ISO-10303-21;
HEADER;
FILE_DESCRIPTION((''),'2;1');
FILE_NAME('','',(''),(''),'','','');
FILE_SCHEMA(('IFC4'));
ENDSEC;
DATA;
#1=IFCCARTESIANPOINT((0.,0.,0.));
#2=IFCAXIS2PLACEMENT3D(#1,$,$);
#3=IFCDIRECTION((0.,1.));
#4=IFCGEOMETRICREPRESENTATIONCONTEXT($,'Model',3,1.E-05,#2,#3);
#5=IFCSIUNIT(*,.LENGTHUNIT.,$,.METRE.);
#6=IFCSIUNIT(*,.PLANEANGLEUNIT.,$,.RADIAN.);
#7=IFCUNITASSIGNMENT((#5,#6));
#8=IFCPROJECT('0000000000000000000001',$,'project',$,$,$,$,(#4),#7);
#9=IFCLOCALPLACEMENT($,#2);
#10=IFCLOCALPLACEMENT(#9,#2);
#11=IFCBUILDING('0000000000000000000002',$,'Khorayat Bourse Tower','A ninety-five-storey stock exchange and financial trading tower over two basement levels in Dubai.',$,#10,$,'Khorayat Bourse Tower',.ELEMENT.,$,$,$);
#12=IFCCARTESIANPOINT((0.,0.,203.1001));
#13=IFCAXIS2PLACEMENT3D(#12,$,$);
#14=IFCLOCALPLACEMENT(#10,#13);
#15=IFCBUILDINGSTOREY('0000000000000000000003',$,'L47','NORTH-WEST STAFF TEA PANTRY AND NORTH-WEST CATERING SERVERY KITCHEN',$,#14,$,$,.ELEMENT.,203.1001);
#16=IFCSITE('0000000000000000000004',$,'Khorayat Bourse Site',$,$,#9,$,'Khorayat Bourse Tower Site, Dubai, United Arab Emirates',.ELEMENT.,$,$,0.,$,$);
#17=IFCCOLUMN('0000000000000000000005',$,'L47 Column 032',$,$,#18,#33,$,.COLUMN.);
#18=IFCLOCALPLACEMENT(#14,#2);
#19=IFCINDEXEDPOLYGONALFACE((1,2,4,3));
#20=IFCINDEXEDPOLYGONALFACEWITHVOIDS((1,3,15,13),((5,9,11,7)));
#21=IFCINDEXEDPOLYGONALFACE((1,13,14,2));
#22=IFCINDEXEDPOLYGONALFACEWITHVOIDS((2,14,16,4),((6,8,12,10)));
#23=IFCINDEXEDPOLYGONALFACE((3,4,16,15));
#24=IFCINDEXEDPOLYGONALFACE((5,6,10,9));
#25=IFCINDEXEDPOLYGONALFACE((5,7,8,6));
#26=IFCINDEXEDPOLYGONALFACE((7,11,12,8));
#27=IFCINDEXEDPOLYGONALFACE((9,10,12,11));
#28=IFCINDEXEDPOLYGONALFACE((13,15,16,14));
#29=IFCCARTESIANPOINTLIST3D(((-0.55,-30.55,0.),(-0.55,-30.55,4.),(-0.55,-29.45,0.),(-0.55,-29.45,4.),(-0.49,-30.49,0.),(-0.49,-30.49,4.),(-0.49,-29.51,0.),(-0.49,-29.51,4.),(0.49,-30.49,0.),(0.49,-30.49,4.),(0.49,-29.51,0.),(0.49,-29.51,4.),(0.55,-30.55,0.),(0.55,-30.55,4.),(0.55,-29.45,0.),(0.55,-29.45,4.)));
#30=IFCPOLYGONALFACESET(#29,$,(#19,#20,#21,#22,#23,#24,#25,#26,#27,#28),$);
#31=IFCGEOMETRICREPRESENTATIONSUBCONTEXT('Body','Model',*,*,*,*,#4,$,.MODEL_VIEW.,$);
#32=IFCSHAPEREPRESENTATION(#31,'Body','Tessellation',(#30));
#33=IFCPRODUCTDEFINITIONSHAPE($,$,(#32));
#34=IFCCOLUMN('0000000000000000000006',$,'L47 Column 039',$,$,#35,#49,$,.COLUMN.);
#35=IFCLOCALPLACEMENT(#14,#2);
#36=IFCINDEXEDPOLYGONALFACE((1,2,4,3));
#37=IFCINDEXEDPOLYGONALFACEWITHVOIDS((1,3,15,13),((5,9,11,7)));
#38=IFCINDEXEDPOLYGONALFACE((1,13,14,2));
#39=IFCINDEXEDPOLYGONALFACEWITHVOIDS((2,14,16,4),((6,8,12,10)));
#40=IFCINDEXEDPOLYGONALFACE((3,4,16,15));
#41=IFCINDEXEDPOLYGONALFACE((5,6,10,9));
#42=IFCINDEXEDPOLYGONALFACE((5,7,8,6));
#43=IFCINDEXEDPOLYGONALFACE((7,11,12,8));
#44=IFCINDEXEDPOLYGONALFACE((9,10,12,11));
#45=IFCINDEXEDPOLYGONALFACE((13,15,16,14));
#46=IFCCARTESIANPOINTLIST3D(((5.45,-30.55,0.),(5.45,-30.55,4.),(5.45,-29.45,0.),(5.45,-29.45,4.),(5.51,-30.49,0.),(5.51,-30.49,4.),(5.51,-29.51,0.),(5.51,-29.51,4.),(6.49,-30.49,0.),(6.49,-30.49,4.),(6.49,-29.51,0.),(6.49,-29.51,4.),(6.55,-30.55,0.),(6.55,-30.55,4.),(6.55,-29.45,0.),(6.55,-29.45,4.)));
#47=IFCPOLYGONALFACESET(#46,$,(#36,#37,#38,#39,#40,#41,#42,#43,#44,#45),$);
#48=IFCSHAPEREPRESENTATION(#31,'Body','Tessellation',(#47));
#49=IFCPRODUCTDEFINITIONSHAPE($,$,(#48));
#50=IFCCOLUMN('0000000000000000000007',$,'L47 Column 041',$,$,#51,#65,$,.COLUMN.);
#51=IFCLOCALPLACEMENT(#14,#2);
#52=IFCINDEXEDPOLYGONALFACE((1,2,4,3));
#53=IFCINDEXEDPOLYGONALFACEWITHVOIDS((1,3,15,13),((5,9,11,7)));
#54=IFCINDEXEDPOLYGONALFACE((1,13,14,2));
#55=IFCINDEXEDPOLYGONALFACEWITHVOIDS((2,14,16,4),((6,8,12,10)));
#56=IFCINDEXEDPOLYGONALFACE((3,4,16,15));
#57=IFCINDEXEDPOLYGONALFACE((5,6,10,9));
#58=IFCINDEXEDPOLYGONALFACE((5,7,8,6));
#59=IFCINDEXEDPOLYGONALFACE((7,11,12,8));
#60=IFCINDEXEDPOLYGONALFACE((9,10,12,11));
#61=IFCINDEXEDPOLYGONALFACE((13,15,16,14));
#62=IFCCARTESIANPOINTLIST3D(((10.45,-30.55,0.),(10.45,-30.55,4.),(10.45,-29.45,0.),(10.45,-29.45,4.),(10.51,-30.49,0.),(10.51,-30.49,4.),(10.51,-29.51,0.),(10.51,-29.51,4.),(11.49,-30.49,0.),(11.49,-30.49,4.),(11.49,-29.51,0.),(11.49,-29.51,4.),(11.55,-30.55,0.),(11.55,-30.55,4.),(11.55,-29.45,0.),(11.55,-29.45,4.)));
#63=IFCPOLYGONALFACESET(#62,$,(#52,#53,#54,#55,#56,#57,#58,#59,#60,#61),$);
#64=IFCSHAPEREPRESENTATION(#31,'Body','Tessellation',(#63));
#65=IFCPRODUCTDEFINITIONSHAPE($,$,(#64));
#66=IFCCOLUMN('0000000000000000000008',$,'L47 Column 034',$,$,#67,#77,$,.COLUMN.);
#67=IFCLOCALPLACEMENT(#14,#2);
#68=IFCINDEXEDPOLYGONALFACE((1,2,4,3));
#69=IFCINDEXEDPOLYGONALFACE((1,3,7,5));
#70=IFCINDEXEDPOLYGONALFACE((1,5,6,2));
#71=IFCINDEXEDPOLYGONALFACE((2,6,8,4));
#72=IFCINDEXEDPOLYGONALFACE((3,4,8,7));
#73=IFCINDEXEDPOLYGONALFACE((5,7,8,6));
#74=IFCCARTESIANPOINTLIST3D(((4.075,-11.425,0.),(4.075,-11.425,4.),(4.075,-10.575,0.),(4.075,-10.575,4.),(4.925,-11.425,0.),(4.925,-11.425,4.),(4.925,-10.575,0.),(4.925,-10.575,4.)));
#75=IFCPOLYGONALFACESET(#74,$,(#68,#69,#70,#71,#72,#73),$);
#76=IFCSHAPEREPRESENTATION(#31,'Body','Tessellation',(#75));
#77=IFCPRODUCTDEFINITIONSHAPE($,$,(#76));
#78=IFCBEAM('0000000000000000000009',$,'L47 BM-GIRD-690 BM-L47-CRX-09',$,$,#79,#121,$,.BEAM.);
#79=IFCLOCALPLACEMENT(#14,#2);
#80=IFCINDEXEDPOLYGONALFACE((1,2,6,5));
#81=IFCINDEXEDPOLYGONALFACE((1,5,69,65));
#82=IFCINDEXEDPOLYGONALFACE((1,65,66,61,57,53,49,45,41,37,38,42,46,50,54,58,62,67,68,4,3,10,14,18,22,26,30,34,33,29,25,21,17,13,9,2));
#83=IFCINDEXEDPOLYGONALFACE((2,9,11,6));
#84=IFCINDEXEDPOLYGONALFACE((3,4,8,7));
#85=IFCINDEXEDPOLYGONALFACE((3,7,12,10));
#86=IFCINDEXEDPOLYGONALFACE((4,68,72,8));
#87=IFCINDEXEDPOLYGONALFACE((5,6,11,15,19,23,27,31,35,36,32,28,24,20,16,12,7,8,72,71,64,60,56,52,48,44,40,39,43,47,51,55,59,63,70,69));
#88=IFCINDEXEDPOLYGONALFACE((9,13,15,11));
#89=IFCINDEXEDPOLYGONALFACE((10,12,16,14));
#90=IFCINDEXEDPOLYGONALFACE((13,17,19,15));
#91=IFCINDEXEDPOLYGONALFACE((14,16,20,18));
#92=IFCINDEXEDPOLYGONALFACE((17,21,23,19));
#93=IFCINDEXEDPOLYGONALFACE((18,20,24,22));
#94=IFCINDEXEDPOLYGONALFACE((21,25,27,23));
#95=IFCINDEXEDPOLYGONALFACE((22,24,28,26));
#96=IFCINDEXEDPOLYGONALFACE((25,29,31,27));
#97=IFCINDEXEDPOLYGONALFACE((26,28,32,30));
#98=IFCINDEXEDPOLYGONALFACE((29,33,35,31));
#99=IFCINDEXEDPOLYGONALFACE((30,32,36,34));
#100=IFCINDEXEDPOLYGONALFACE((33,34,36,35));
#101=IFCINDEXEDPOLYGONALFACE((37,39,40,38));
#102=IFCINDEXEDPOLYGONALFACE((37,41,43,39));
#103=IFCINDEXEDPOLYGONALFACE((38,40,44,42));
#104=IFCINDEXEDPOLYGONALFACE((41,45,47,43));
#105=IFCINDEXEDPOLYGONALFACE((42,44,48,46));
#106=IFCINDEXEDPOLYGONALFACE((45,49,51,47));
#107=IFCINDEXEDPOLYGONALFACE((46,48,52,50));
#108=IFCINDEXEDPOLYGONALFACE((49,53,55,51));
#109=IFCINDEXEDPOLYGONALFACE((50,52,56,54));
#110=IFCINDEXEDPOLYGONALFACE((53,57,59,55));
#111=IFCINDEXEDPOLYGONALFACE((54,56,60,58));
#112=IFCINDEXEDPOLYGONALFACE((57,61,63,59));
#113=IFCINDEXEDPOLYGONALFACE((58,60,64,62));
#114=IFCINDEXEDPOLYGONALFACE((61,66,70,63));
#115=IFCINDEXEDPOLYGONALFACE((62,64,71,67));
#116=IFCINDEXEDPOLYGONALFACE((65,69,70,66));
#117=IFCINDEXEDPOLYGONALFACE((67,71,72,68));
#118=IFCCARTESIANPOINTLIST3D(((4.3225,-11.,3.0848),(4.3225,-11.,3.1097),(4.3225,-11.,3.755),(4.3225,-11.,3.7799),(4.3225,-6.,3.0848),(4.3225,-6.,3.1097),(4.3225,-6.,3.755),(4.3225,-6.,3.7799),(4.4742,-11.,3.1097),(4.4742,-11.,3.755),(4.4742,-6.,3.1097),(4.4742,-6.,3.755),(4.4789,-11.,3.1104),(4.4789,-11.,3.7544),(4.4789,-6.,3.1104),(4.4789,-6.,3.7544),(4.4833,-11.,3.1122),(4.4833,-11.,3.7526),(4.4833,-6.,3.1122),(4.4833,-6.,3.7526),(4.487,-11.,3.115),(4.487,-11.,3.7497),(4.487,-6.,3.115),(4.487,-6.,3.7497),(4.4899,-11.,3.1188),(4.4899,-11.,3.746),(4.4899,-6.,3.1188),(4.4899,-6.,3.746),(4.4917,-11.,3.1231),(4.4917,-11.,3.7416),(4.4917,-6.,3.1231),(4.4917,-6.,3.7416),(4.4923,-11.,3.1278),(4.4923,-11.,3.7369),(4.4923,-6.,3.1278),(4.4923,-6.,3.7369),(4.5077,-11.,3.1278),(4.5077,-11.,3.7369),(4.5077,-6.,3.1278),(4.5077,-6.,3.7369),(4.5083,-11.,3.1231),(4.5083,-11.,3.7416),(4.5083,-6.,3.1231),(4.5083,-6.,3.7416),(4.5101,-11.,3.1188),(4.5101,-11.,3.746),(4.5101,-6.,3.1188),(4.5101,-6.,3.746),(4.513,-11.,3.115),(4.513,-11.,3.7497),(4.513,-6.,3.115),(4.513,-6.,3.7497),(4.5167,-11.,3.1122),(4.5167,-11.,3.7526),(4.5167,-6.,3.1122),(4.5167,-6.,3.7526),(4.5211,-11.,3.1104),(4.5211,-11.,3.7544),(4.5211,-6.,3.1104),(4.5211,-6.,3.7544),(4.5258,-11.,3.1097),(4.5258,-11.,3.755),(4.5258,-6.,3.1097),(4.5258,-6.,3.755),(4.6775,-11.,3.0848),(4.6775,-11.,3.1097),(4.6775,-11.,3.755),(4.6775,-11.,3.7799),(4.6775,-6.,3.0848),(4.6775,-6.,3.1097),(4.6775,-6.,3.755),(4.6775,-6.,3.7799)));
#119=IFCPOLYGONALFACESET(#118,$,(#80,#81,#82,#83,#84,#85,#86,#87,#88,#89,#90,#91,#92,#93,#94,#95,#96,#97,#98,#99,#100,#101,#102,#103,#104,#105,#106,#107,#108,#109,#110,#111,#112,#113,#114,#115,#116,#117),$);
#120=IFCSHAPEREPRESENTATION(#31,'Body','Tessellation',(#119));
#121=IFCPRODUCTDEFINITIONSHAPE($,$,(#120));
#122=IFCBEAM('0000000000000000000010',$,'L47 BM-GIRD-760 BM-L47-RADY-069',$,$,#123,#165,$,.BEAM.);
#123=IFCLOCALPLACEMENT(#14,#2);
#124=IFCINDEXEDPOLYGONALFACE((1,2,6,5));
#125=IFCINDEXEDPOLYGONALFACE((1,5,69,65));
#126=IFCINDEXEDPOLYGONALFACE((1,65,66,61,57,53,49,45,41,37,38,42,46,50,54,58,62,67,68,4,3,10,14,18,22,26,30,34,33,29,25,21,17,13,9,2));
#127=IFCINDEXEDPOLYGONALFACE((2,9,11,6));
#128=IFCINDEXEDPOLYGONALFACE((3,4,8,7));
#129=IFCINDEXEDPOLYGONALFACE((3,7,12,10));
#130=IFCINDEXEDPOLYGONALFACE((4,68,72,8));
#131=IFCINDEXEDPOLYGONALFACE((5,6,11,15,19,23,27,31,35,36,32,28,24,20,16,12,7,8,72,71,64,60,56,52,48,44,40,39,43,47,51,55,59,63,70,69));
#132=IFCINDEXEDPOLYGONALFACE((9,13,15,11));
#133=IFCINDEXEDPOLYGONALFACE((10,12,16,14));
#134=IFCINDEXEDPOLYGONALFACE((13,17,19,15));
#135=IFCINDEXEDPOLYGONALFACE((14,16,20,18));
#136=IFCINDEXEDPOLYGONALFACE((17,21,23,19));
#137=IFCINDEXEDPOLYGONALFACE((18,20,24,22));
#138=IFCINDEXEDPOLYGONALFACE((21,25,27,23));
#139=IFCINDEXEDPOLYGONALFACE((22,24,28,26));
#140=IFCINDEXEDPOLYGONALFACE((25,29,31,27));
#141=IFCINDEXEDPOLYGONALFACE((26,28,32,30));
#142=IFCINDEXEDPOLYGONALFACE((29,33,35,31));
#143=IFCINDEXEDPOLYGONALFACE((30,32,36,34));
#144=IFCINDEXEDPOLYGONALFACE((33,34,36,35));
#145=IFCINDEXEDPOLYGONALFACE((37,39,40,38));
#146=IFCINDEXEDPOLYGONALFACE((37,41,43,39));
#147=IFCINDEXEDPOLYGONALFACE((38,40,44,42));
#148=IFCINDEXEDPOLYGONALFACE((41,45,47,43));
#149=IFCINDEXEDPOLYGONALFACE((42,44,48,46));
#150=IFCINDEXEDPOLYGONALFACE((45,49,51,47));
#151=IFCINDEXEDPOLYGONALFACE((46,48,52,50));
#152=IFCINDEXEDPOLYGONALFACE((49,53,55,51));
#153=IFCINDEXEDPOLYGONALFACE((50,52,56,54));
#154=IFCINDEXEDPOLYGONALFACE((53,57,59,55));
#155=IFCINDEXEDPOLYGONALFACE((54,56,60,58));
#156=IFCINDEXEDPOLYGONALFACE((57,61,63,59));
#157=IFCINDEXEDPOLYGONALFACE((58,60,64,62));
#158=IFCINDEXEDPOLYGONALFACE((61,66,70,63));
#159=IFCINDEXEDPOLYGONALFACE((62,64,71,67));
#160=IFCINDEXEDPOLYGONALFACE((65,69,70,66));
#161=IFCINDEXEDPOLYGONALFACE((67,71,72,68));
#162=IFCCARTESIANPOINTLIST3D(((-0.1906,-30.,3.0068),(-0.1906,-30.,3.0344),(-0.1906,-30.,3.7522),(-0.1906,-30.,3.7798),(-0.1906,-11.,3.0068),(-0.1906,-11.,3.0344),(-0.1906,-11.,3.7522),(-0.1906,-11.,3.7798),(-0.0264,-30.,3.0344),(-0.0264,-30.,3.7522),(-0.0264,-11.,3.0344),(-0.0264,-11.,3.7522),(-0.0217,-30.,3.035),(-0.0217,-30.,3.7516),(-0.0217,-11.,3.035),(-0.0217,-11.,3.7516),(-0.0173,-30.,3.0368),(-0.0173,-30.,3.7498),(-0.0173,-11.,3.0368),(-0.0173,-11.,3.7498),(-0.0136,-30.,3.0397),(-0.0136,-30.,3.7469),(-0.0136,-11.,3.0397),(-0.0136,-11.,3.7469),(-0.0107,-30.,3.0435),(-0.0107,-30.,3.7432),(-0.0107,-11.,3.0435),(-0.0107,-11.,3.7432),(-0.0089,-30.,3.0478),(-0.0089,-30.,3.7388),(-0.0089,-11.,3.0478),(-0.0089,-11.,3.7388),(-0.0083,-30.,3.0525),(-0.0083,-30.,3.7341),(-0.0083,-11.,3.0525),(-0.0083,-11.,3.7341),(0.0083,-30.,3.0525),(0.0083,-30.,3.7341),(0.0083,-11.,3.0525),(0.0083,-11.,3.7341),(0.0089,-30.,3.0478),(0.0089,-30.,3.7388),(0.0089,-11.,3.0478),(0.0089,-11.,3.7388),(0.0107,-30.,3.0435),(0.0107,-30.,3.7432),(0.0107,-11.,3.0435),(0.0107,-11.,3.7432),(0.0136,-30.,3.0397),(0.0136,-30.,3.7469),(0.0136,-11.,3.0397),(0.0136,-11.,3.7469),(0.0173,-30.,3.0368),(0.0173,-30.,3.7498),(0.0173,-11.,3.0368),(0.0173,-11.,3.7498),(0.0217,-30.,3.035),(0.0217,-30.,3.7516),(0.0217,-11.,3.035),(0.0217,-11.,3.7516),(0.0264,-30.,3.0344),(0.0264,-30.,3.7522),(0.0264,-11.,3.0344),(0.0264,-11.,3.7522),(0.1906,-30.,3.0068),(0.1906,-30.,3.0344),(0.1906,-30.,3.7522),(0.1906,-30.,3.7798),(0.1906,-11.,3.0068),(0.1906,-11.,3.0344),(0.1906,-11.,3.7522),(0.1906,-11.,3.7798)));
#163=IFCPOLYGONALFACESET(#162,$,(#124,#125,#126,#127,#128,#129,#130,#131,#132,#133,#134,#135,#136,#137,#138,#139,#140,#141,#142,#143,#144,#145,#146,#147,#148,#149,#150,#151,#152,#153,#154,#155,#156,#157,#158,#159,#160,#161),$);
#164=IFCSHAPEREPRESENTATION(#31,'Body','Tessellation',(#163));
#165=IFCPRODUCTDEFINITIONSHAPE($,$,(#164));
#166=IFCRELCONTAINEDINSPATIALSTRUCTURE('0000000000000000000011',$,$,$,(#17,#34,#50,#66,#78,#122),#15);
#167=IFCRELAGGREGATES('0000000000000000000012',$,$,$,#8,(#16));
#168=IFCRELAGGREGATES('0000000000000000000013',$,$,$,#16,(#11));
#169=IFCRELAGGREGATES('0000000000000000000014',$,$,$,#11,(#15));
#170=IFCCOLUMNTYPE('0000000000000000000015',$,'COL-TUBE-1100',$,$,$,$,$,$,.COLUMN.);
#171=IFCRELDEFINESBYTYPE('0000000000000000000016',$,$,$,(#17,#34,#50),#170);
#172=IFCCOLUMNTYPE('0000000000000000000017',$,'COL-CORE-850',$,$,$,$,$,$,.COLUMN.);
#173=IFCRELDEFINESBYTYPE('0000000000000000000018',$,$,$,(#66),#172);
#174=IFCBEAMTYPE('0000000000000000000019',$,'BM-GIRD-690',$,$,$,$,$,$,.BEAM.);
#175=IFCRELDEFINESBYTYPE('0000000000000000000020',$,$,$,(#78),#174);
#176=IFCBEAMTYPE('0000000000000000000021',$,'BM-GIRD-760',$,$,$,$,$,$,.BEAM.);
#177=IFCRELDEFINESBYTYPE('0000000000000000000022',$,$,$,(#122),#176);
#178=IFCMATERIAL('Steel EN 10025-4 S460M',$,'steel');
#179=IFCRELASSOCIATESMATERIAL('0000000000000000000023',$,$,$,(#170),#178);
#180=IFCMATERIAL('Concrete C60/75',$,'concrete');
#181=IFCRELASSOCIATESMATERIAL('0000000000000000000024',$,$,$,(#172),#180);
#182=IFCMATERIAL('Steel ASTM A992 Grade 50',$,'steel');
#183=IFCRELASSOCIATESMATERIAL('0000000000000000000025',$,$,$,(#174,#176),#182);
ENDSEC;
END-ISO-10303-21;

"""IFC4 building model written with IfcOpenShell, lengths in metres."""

from ifc_helpers import new_model, si_unit, direction, frame, origin, origin_2d, place, context, subcontext, project, spatial, rectangle, hollow_rectangle, i_section, extrude, source, transform, mapped, material, material_profile, profile_set, type_object, element, save


model = new_model("IFC4")

# Units and contexts
model_context = context("Model", 3, precision=1e-05, world=origin(), true_north=direction((0.0, 1.0)))
body_context = subcontext(model_context, "Body", "Model", "MODEL_VIEW")
ifc_project = project(units=[si_unit("LENGTHUNIT", "METRE"), si_unit("PLANEANGLEUNIT", "RADIAN")], contexts=[model_context])

# Site, building, storey
site_placement = place(None, origin())
site = spatial("IfcSite", under=ifc_project, at=site_placement, Name="Khorayat Bourse Site", LongName="Khorayat Bourse Tower Site, Dubai, United Arab Emirates", CompositionType="ELEMENT", RefElevation=0.0)
building_placement = place(site_placement, origin())
building = spatial("IfcBuilding", under=site, at=building_placement, Name="Khorayat Bourse Tower", Description="A ninety-five-storey stock exchange and financial trading tower over two basement levels in Dubai.", LongName="Khorayat Bourse Tower", CompositionType="ELEMENT")
storey_placement = place(building_placement, frame((0.0, 0.0, 203.1001)))
storey = spatial("IfcBuildingStorey", under=building, at=storey_placement, Name="L47", Description="NORTH-WEST STAFF TEA PANTRY AND NORTH-WEST CATERING SERVERY KITCHEN", CompositionType="ELEMENT", Elevation=203.1001)

# Columns
ifc_material_1 = material(Name="Steel EN 10025-4 S460M", Category="steel")
ifc_material_profile_1 = material_profile(ifc_material_1, hollow_rectangle(XDim=1.1001, YDim=1.1001, WallThickness=0.0601, at=origin_2d()), Name="BOX 1100x1100x60")
ifc_profile_set_1 = profile_set([ifc_material_profile_1], Name="Steel EN 10025-4 S460M")
column_type_1 = type_object("IfcColumnType", Name="COL-TUBE-1100", PredefinedType="COLUMN", material=ifc_profile_set_1)
shared_shape_1 = source(origin(), body_context, "Body", "SweptSolid", [
    extrude(hollow_rectangle(XDim=1.1001, YDim=1.1001, WallThickness=0.0601, at=origin_2d()), origin(), (0.0, 0.0, 1.0), 4.0),
])
for number, where, z_axis, x_axis, name in (
    (1, (0.0, -30.0, 0.0), (0.0, 0.0, 1.0), (1.0, 0.0, 0.0), "L47 Column 032"),
    (2, (6.0, -30.0, 0.0), (0.0, 0.0, 1.0), (1.0, 0.0, 0.0), "L47 Column 039"),
    (3, (11.0, -30.0, 0.0), (0.0, 0.0, 1.0), (1.0, 0.0, 0.0), "L47 Column 041"),
):
    element("IfcColumn", number, at=place(storey_placement, frame(where, z_axis=z_axis, x_axis=x_axis)), inside=storey, type_object=column_type_1, Name=name, PredefinedType="COLUMN", context=body_context, shape_type="MappedRepresentation", body=[
        mapped(shared_shape_1, transform((0.0, 0.0, 0.0), scale=1.0)),
    ])
ifc_material_2 = material(Name="Concrete C60/75", Category="concrete")
ifc_material_profile_2 = material_profile(ifc_material_2, rectangle(XDim=0.8501, YDim=0.8501, at=origin_2d()), Name="RC 850x850")
ifc_profile_set_2 = profile_set([ifc_material_profile_2], Name="Concrete C60/75")
column_type_2 = type_object("IfcColumnType", Name="COL-CORE-850", PredefinedType="COLUMN", material=ifc_profile_set_2)
shared_shape_2 = source(origin(), body_context, "Body", "SweptSolid", [
    extrude(rectangle(XDim=0.8501, YDim=0.8501, at=origin_2d()), origin(), (0.0, 0.0, 1.0), 4.0),
])
column_placement = place(storey_placement, frame((4.5, -11.0, 0.0), z_axis=(0.0, 0.0, 1.0), x_axis=(1.0, 0.0, 0.0)))
element("IfcColumn", 4, at=column_placement, inside=storey, type_object=column_type_2, Name="L47 Column 034", PredefinedType="COLUMN", context=body_context, shape_type="MappedRepresentation", body=[
    mapped(shared_shape_2, transform((0.0, 0.0, 0.0), scale=1.0)),
])

# Beams
ifc_material_3 = material(Name="Steel ASTM A992 Grade 50", Category="steel")
ifc_material_profile_3 = material_profile(ifc_material_3, i_section(OverallWidth=0.355, OverallDepth=0.6951, WebThickness=0.0154, FlangeThickness=0.0249, FilletRadius=0.0181, at=origin_2d()), Name="W690X217")
ifc_profile_set_3 = profile_set([ifc_material_profile_3], Name="Steel ASTM A992 Grade 50")
beam_type_1 = type_object("IfcBeamType", Name="BM-GIRD-690", PredefinedType="BEAM", material=ifc_profile_set_3)
shared_shape_3 = source(origin(), body_context, "Body", "SweptSolid", [
    extrude(i_section(OverallWidth=0.355, OverallDepth=0.6951, WebThickness=0.0154, FlangeThickness=0.0249, FilletRadius=0.0181, at=origin_2d()), origin(), (0.0, 0.0, 1.0), 5.0),
])
beam_1_placement = place(storey_placement, frame((4.5, -11.0, 3.4324), z_axis=(0.0, 1.0, 0.0), x_axis=(-1.0, 0.0, 0.0)))
element("IfcBeam", 5, at=beam_1_placement, inside=storey, type_object=beam_type_1, Name="L47 BM-GIRD-690 BM-L47-CRX-09", PredefinedType="BEAM", context=body_context, shape_type="MappedRepresentation", body=[
    mapped(shared_shape_3, transform((0.0, 0.0, 0.0), scale=1.0)),
])
ifc_material_profile_4 = material_profile(ifc_material_3, i_section(OverallWidth=0.3811, OverallDepth=0.7729, WebThickness=0.0166, FlangeThickness=0.0276, FilletRadius=0.0181, at=origin_2d()), Name="W760X257")
ifc_profile_set_4 = profile_set([ifc_material_profile_4], Name="Steel ASTM A992 Grade 50")
beam_type_2 = type_object("IfcBeamType", Name="BM-GIRD-760", PredefinedType="BEAM", material=ifc_profile_set_4)
shared_shape_4 = source(origin(), body_context, "Body", "SweptSolid", [
    extrude(i_section(OverallWidth=0.3811, OverallDepth=0.7729, WebThickness=0.0166, FlangeThickness=0.0276, FilletRadius=0.0181, at=origin_2d()), origin(), (0.0, 0.0, 1.0), 19.0),
])
for number, where, z_axis, x_axis, name in (
    (6, (0.0, -30.0, 3.3933), (0.0, 1.0, 0.0), (-1.0, 0.0, 0.0), "L47 BM-GIRD-760 BM-L47-RADY-069"),
):
    element("IfcBeam", number, at=place(storey_placement, frame(where, z_axis=z_axis, x_axis=x_axis)), inside=storey, type_object=beam_type_2, Name=name, PredefinedType="BEAM", context=body_context, shape_type="MappedRepresentation", body=[
        mapped(shared_shape_4, transform((0.0, 0.0, 0.0), scale=1.0)),
    ])

save(model, "model.ifc")
